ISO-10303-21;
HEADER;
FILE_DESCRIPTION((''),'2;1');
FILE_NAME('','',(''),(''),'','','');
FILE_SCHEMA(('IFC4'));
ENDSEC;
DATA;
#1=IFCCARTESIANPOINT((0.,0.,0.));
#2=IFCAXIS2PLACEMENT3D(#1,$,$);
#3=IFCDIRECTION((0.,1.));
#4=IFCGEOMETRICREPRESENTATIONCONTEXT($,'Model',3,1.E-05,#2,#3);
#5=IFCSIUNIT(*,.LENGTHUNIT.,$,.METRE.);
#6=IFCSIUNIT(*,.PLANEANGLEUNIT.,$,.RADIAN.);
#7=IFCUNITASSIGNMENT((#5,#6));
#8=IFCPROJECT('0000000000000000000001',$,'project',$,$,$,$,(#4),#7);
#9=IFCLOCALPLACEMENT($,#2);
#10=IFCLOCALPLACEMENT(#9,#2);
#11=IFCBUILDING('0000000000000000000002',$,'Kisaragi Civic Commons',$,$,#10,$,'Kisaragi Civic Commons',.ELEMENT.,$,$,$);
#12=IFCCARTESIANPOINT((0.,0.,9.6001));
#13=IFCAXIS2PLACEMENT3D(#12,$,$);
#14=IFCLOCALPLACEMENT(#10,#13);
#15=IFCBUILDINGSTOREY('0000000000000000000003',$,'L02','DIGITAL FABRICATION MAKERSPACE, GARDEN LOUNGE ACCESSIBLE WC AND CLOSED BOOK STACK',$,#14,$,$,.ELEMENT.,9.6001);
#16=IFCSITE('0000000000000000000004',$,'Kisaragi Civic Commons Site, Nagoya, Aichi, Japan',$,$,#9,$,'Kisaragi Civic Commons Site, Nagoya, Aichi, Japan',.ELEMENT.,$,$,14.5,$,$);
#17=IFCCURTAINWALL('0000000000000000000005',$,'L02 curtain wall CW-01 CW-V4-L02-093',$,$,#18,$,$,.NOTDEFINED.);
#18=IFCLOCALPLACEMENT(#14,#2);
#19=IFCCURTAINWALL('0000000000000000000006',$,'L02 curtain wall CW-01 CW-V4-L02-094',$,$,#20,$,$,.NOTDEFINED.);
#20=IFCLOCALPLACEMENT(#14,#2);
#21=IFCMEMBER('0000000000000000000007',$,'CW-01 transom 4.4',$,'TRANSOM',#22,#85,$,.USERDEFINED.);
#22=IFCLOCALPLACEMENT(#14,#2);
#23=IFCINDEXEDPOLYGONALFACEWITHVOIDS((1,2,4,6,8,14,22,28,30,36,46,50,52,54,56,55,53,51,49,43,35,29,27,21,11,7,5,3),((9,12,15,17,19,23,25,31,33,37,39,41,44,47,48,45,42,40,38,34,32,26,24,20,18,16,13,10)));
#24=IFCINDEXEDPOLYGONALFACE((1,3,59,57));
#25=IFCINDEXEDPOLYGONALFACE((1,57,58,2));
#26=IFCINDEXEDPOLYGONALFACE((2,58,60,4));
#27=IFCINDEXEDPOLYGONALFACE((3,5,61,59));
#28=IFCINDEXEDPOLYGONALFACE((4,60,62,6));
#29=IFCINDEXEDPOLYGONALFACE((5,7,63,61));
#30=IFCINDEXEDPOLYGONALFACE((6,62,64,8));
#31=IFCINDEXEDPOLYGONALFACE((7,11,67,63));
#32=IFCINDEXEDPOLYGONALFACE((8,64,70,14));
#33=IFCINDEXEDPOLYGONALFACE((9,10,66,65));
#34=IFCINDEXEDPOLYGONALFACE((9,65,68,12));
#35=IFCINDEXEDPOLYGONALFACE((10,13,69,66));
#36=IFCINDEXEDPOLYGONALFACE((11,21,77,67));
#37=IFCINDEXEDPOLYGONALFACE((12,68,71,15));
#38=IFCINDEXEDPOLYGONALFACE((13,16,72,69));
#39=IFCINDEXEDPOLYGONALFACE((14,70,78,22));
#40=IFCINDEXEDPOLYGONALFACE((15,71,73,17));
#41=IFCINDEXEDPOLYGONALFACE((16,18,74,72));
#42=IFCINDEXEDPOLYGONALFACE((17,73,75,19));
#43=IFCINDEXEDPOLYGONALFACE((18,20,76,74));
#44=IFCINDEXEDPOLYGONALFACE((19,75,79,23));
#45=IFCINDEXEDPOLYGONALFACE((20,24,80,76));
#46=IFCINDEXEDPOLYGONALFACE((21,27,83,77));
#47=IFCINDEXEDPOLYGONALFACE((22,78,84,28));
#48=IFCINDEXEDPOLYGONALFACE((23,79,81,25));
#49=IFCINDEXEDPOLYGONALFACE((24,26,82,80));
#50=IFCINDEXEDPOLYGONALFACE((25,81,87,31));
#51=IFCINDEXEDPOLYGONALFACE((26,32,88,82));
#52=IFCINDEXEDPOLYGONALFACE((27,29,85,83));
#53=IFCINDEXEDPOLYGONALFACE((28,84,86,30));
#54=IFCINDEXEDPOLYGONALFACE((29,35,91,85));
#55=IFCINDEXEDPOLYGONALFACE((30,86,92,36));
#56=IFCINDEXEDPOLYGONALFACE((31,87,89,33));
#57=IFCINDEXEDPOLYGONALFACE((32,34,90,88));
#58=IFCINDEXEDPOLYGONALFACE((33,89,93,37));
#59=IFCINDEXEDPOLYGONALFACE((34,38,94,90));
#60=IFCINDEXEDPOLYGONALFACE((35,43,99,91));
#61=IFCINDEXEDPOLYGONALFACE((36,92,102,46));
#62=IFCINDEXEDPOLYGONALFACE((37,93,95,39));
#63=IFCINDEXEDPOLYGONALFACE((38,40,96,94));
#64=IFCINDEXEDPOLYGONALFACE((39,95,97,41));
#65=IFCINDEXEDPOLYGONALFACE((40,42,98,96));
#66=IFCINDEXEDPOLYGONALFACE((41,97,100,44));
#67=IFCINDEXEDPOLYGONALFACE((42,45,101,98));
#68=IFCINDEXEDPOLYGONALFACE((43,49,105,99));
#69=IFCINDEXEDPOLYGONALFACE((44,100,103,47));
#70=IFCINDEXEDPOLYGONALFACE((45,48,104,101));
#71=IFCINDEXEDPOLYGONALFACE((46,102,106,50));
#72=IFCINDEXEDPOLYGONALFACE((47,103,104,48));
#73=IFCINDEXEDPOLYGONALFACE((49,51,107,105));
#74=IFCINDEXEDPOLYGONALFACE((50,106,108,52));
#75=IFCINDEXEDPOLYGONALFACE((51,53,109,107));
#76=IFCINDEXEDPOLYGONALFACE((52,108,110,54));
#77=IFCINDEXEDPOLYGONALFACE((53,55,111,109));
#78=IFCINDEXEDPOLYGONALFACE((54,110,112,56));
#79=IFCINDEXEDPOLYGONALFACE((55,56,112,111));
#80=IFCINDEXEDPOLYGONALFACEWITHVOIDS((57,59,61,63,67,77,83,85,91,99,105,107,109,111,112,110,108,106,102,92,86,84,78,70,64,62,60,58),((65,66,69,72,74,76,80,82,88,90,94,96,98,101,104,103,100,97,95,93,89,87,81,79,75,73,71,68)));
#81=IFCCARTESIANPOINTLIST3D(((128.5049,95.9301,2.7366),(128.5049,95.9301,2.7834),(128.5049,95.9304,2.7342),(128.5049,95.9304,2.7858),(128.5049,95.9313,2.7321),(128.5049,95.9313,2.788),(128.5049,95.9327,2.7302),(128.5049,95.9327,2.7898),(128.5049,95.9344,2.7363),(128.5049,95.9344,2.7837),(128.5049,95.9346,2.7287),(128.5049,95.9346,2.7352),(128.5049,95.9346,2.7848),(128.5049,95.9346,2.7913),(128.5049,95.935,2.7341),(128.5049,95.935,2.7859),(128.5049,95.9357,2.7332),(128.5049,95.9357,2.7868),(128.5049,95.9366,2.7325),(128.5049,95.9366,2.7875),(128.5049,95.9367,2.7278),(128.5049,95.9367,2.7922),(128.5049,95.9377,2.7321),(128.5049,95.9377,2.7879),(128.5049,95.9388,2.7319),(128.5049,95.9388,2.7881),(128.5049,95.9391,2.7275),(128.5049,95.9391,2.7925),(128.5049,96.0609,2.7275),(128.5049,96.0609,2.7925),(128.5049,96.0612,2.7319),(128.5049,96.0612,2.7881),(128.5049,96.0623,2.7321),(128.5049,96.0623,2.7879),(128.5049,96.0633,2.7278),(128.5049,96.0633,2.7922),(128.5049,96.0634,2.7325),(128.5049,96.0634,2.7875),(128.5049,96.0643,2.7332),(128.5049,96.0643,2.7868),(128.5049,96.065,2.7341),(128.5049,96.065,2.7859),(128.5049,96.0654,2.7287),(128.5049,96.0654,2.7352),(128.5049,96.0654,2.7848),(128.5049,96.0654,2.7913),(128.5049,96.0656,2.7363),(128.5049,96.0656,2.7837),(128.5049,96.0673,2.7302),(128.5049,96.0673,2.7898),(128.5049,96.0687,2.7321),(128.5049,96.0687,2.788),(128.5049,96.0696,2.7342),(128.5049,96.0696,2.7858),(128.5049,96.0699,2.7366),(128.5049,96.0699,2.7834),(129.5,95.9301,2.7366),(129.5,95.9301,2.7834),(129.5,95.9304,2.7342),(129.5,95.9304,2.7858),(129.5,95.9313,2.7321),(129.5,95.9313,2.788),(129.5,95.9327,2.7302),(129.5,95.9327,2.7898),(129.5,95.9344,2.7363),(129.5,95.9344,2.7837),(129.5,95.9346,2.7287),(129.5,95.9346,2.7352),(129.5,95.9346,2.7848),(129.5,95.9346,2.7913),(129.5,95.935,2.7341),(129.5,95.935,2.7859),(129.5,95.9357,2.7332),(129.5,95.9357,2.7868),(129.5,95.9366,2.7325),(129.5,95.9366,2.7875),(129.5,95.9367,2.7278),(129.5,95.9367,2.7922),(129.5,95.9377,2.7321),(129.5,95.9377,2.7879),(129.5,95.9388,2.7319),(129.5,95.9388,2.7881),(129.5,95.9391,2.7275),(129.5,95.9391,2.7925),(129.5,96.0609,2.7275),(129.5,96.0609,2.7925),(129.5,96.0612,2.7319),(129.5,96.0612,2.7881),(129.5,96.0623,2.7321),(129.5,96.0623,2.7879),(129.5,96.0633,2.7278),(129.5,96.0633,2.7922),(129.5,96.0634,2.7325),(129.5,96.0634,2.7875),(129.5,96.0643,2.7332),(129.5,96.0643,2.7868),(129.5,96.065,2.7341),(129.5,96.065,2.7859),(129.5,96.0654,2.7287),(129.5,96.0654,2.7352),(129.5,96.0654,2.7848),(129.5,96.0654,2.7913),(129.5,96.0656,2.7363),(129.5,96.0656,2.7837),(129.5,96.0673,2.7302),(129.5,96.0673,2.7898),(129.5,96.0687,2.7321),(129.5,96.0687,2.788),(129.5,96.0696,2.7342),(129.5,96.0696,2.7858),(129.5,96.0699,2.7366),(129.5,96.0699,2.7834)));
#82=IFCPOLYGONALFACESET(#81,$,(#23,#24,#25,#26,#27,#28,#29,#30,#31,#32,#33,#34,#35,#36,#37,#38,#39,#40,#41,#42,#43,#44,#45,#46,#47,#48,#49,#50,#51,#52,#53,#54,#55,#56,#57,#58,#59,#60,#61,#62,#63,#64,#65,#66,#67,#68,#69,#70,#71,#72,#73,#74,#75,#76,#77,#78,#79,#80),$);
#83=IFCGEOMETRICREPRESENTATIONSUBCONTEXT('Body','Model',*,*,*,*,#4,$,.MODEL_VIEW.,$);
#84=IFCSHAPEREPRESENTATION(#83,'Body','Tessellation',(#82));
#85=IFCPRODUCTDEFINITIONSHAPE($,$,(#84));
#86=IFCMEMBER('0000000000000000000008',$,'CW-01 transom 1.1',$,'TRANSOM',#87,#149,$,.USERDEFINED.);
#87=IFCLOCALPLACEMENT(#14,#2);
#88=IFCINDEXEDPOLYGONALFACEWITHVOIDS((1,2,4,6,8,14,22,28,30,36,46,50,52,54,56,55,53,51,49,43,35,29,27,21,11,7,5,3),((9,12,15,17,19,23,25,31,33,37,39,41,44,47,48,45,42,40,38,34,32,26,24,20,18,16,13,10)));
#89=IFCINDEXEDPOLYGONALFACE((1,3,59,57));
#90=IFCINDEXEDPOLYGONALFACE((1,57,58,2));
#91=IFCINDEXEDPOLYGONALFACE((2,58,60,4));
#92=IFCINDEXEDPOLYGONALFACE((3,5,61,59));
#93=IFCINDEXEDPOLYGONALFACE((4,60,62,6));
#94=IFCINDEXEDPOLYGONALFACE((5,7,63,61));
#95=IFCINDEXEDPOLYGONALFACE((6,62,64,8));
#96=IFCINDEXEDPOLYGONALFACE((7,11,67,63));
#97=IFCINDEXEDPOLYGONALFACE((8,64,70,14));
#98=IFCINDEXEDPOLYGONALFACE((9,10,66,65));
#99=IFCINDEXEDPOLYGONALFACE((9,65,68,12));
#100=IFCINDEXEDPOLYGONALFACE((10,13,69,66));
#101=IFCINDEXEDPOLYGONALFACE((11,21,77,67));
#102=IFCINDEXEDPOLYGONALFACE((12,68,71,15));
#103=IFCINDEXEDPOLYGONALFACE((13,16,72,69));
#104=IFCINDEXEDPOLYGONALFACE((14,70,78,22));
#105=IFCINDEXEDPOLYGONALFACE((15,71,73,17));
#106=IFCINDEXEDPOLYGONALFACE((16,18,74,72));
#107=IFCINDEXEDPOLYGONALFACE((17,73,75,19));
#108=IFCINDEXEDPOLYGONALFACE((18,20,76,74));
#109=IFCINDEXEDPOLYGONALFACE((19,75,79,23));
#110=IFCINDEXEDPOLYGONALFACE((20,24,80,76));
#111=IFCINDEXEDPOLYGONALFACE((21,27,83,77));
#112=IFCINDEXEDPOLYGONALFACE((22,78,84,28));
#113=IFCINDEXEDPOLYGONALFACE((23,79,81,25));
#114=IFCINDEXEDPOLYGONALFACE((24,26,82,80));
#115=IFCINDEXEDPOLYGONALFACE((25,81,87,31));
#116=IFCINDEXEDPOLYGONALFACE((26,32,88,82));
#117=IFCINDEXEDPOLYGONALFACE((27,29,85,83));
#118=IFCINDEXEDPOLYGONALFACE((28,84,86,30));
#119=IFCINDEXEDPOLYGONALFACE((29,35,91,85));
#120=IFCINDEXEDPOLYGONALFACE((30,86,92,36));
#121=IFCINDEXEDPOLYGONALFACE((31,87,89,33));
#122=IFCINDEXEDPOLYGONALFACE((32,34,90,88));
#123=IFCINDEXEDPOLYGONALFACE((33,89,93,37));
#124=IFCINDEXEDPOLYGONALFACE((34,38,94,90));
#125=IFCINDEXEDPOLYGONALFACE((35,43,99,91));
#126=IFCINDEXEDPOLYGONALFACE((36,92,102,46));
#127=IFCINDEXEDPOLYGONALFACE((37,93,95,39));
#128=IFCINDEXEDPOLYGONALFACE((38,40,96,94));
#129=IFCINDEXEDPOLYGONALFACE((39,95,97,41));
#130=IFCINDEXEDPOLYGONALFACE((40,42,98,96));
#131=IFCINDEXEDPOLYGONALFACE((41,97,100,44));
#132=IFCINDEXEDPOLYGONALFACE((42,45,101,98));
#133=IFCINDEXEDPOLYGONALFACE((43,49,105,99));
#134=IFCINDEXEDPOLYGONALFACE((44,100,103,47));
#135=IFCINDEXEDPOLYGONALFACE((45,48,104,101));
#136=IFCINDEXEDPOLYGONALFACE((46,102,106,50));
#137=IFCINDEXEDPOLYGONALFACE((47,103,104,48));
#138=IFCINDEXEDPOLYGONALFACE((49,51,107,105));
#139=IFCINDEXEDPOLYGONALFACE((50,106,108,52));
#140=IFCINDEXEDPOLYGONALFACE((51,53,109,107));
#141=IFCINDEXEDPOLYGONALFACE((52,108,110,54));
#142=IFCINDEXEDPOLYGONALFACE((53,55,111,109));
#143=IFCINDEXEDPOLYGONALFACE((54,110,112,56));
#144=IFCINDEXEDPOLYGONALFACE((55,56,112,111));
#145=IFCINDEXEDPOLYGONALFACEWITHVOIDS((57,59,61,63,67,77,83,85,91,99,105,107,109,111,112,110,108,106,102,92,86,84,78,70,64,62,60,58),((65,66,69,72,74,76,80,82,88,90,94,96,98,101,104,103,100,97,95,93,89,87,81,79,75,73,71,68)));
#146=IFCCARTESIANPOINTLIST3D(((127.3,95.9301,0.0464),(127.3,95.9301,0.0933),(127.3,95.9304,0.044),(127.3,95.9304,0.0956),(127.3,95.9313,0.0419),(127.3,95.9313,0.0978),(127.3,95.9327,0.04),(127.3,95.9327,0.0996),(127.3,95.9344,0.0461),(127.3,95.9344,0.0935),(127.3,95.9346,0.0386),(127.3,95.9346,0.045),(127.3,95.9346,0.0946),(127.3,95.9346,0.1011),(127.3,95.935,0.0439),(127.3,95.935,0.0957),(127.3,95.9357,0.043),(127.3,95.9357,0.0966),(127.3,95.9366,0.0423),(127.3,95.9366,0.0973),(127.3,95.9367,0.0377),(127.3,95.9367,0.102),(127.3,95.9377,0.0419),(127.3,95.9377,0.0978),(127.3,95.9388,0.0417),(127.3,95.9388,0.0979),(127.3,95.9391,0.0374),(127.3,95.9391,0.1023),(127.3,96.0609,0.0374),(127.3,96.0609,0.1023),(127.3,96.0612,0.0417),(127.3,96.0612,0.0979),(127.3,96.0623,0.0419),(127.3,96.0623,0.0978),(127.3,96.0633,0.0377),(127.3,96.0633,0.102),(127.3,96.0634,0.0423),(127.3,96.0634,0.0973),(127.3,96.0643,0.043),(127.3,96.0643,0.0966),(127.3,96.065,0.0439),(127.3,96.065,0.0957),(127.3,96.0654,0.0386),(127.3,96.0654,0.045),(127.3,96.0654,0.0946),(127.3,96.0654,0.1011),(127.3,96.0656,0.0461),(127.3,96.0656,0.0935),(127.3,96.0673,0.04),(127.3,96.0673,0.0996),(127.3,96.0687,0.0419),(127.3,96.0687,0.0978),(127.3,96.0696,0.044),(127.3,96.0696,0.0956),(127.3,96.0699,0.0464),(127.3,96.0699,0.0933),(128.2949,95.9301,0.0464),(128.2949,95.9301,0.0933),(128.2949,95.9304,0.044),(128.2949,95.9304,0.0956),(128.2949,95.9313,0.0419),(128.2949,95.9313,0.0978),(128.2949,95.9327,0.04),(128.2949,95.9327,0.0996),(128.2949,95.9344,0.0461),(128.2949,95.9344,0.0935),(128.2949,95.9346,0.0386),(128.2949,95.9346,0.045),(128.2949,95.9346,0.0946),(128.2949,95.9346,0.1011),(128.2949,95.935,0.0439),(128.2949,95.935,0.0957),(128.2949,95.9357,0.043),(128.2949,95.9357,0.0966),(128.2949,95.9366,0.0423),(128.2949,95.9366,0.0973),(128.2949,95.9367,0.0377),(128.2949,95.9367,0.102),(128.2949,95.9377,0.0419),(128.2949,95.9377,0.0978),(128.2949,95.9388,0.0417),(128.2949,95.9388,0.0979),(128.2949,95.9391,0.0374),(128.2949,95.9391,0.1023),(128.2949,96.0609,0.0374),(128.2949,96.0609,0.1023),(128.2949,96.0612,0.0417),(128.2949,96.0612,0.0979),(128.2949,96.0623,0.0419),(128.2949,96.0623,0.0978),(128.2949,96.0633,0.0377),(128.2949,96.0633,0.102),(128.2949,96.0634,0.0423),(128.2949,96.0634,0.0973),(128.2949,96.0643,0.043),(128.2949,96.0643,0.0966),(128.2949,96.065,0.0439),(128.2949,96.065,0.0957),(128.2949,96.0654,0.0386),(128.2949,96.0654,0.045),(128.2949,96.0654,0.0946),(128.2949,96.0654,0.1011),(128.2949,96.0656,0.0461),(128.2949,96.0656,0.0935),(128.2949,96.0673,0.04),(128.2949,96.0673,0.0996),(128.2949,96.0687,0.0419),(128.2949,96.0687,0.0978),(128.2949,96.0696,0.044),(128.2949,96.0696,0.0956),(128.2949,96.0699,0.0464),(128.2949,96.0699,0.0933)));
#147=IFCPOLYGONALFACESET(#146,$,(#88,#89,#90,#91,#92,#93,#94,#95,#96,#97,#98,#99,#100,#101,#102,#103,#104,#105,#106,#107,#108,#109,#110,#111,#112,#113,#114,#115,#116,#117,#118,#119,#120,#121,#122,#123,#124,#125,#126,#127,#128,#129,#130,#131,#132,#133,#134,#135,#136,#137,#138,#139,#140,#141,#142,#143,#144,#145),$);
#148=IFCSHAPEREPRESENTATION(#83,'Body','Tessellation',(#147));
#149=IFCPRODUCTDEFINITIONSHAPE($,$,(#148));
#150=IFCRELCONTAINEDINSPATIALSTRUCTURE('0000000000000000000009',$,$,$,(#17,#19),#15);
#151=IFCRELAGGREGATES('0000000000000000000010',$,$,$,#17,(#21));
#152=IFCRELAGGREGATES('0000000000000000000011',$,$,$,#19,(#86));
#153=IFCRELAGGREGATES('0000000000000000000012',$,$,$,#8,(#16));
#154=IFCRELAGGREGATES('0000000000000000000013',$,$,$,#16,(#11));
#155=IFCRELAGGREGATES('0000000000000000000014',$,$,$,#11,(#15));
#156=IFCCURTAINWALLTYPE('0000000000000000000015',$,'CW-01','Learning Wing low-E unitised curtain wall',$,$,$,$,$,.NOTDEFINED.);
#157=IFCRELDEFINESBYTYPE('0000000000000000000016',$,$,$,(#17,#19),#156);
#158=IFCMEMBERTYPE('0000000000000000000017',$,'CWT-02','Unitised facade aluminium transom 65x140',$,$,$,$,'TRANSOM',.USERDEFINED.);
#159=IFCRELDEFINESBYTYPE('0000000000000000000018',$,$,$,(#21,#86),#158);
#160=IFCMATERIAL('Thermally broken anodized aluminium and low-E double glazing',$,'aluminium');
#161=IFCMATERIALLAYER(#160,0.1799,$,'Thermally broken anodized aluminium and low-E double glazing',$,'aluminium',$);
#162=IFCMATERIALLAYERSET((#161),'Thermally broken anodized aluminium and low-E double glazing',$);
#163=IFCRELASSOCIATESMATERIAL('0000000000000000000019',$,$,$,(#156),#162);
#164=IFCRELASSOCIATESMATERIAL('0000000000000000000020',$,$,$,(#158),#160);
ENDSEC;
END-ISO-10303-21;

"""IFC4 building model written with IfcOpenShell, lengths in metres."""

from ifc_helpers import new_model, si_unit, direction, frame, origin, origin_2d, place, context, subcontext, project, spatial, hollow_rectangle, extrude, material, layer, layer_set, material_profile, profile_set, type_object, element, aggregate, save


model = new_model("IFC4")

# Units and contexts
model_context = context("Model", 3, precision=1e-05, world=origin(), true_north=direction((0.0, 1.0)))
body_context = subcontext(model_context, "Body", "Model", "MODEL_VIEW")
ifc_project = project(units=[si_unit("LENGTHUNIT", "METRE"), si_unit("PLANEANGLEUNIT", "RADIAN")], contexts=[model_context])

# Site, building, storey
site_placement = place(None, origin())
site = spatial("IfcSite", under=ifc_project, at=site_placement, Name="Kisaragi Civic Commons Site, Nagoya, Aichi, Japan", LongName="Kisaragi Civic Commons Site, Nagoya, Aichi, Japan", CompositionType="ELEMENT", RefElevation=14.5)
building_placement = place(site_placement, origin())
building = spatial("IfcBuilding", under=site, at=building_placement, Name="Kisaragi Civic Commons", LongName="Kisaragi Civic Commons", CompositionType="ELEMENT")
storey_placement = place(building_placement, frame((0.0, 0.0, 9.6001)))
storey = spatial("IfcBuildingStorey", under=building, at=storey_placement, Name="L02", Description="DIGITAL FABRICATION MAKERSPACE, GARDEN LOUNGE ACCESSIBLE WC AND CLOSED BOOK STACK", CompositionType="ELEMENT", Elevation=9.6001)

# Curtain walls
ifc_material = material(Name="Thermally broken anodized aluminium and low-E double glazing", Category="aluminium")
ifc_layer_1 = layer(ifc_material, 0.1799, Name="Thermally broken anodized aluminium and low-E double glazing", Category="aluminium")
ifc_layer_set_1 = layer_set([ifc_layer_1], Name="Thermally broken anodized aluminium and low-E double glazing")
curtain_wall_type = type_object("IfcCurtainWallType", Name="CW-01", Description="Learning Wing low-E unitised curtain wall", PredefinedType="NOTDEFINED", material=ifc_layer_set_1)
curtain_wall_1_placement = place(storey_placement, origin())
curtain_wall_1 = element("IfcCurtainWall", 1, at=curtain_wall_1_placement, inside=storey, type_object=curtain_wall_type, Name="L02 curtain wall CW-01 CW-V4-L02-093", PredefinedType="NOTDEFINED")
curtain_wall_2_placement = place(storey_placement, origin())
curtain_wall_2 = element("IfcCurtainWall", 2, at=curtain_wall_2_placement, inside=storey, type_object=curtain_wall_type, Name="L02 curtain wall CW-01 CW-V4-L02-094", PredefinedType="NOTDEFINED")

# Members
ifc_material_profile_1 = material_profile(ifc_material, hollow_rectangle(XDim=0.1399, YDim=0.0649, WallThickness=0.0044, InnerFilletRadius=0.0044, OuterFilletRadius=0.009, at=origin_2d()), Name="CWT-65x140x4.5", Category="aluminium")
ifc_profile_set_1 = profile_set([ifc_material_profile_1], Name="Thermally broken anodized aluminium and low-E double glazing")
member_type_1 = type_object("IfcMemberType", Name="CWT-02", Description="Unitised facade aluminium transom 65x140", ElementType="TRANSOM", PredefinedType="USERDEFINED", material=ifc_profile_set_1)
member_1_placement = place(storey_placement, frame((129.5, 96.0, 2.76), z_axis=(-1.0, 0.0, 0.0), x_axis=(0.0, -1.0, 0.0)))
member_1 = element("IfcMember", 3, at=member_1_placement, type_object=member_type_1, Name="CW-01 transom 4.4", ObjectType="TRANSOM", PredefinedType="USERDEFINED", context=body_context, shape_type="SweptSolid", body=[
    extrude(hollow_rectangle(XDim=0.1399, YDim=0.0649, WallThickness=0.0044, InnerFilletRadius=0.0044, OuterFilletRadius=0.009, at=origin_2d()), origin(), (0.0, 0.0, 1.0), 0.9951),
])
member_2_placement = place(storey_placement, frame((128.2949, 96.0, 0.0698), z_axis=(-1.0, 0.0, 0.0), x_axis=(0.0, -1.0, 0.0)))
member_2 = element("IfcMember", 4, at=member_2_placement, type_object=member_type_1, Name="CW-01 transom 1.1", ObjectType="TRANSOM", PredefinedType="USERDEFINED", context=body_context, shape_type="SweptSolid", body=[
    extrude(hollow_rectangle(XDim=0.1399, YDim=0.0649, WallThickness=0.0044, InnerFilletRadius=0.0044, OuterFilletRadius=0.009, at=origin_2d()), origin(), (0.0, 0.0, 1.0), 0.9949),
])

aggregate(curtain_wall_1, [member_1])
aggregate(curtain_wall_2, [member_2])

save(model, "model.ifc")
